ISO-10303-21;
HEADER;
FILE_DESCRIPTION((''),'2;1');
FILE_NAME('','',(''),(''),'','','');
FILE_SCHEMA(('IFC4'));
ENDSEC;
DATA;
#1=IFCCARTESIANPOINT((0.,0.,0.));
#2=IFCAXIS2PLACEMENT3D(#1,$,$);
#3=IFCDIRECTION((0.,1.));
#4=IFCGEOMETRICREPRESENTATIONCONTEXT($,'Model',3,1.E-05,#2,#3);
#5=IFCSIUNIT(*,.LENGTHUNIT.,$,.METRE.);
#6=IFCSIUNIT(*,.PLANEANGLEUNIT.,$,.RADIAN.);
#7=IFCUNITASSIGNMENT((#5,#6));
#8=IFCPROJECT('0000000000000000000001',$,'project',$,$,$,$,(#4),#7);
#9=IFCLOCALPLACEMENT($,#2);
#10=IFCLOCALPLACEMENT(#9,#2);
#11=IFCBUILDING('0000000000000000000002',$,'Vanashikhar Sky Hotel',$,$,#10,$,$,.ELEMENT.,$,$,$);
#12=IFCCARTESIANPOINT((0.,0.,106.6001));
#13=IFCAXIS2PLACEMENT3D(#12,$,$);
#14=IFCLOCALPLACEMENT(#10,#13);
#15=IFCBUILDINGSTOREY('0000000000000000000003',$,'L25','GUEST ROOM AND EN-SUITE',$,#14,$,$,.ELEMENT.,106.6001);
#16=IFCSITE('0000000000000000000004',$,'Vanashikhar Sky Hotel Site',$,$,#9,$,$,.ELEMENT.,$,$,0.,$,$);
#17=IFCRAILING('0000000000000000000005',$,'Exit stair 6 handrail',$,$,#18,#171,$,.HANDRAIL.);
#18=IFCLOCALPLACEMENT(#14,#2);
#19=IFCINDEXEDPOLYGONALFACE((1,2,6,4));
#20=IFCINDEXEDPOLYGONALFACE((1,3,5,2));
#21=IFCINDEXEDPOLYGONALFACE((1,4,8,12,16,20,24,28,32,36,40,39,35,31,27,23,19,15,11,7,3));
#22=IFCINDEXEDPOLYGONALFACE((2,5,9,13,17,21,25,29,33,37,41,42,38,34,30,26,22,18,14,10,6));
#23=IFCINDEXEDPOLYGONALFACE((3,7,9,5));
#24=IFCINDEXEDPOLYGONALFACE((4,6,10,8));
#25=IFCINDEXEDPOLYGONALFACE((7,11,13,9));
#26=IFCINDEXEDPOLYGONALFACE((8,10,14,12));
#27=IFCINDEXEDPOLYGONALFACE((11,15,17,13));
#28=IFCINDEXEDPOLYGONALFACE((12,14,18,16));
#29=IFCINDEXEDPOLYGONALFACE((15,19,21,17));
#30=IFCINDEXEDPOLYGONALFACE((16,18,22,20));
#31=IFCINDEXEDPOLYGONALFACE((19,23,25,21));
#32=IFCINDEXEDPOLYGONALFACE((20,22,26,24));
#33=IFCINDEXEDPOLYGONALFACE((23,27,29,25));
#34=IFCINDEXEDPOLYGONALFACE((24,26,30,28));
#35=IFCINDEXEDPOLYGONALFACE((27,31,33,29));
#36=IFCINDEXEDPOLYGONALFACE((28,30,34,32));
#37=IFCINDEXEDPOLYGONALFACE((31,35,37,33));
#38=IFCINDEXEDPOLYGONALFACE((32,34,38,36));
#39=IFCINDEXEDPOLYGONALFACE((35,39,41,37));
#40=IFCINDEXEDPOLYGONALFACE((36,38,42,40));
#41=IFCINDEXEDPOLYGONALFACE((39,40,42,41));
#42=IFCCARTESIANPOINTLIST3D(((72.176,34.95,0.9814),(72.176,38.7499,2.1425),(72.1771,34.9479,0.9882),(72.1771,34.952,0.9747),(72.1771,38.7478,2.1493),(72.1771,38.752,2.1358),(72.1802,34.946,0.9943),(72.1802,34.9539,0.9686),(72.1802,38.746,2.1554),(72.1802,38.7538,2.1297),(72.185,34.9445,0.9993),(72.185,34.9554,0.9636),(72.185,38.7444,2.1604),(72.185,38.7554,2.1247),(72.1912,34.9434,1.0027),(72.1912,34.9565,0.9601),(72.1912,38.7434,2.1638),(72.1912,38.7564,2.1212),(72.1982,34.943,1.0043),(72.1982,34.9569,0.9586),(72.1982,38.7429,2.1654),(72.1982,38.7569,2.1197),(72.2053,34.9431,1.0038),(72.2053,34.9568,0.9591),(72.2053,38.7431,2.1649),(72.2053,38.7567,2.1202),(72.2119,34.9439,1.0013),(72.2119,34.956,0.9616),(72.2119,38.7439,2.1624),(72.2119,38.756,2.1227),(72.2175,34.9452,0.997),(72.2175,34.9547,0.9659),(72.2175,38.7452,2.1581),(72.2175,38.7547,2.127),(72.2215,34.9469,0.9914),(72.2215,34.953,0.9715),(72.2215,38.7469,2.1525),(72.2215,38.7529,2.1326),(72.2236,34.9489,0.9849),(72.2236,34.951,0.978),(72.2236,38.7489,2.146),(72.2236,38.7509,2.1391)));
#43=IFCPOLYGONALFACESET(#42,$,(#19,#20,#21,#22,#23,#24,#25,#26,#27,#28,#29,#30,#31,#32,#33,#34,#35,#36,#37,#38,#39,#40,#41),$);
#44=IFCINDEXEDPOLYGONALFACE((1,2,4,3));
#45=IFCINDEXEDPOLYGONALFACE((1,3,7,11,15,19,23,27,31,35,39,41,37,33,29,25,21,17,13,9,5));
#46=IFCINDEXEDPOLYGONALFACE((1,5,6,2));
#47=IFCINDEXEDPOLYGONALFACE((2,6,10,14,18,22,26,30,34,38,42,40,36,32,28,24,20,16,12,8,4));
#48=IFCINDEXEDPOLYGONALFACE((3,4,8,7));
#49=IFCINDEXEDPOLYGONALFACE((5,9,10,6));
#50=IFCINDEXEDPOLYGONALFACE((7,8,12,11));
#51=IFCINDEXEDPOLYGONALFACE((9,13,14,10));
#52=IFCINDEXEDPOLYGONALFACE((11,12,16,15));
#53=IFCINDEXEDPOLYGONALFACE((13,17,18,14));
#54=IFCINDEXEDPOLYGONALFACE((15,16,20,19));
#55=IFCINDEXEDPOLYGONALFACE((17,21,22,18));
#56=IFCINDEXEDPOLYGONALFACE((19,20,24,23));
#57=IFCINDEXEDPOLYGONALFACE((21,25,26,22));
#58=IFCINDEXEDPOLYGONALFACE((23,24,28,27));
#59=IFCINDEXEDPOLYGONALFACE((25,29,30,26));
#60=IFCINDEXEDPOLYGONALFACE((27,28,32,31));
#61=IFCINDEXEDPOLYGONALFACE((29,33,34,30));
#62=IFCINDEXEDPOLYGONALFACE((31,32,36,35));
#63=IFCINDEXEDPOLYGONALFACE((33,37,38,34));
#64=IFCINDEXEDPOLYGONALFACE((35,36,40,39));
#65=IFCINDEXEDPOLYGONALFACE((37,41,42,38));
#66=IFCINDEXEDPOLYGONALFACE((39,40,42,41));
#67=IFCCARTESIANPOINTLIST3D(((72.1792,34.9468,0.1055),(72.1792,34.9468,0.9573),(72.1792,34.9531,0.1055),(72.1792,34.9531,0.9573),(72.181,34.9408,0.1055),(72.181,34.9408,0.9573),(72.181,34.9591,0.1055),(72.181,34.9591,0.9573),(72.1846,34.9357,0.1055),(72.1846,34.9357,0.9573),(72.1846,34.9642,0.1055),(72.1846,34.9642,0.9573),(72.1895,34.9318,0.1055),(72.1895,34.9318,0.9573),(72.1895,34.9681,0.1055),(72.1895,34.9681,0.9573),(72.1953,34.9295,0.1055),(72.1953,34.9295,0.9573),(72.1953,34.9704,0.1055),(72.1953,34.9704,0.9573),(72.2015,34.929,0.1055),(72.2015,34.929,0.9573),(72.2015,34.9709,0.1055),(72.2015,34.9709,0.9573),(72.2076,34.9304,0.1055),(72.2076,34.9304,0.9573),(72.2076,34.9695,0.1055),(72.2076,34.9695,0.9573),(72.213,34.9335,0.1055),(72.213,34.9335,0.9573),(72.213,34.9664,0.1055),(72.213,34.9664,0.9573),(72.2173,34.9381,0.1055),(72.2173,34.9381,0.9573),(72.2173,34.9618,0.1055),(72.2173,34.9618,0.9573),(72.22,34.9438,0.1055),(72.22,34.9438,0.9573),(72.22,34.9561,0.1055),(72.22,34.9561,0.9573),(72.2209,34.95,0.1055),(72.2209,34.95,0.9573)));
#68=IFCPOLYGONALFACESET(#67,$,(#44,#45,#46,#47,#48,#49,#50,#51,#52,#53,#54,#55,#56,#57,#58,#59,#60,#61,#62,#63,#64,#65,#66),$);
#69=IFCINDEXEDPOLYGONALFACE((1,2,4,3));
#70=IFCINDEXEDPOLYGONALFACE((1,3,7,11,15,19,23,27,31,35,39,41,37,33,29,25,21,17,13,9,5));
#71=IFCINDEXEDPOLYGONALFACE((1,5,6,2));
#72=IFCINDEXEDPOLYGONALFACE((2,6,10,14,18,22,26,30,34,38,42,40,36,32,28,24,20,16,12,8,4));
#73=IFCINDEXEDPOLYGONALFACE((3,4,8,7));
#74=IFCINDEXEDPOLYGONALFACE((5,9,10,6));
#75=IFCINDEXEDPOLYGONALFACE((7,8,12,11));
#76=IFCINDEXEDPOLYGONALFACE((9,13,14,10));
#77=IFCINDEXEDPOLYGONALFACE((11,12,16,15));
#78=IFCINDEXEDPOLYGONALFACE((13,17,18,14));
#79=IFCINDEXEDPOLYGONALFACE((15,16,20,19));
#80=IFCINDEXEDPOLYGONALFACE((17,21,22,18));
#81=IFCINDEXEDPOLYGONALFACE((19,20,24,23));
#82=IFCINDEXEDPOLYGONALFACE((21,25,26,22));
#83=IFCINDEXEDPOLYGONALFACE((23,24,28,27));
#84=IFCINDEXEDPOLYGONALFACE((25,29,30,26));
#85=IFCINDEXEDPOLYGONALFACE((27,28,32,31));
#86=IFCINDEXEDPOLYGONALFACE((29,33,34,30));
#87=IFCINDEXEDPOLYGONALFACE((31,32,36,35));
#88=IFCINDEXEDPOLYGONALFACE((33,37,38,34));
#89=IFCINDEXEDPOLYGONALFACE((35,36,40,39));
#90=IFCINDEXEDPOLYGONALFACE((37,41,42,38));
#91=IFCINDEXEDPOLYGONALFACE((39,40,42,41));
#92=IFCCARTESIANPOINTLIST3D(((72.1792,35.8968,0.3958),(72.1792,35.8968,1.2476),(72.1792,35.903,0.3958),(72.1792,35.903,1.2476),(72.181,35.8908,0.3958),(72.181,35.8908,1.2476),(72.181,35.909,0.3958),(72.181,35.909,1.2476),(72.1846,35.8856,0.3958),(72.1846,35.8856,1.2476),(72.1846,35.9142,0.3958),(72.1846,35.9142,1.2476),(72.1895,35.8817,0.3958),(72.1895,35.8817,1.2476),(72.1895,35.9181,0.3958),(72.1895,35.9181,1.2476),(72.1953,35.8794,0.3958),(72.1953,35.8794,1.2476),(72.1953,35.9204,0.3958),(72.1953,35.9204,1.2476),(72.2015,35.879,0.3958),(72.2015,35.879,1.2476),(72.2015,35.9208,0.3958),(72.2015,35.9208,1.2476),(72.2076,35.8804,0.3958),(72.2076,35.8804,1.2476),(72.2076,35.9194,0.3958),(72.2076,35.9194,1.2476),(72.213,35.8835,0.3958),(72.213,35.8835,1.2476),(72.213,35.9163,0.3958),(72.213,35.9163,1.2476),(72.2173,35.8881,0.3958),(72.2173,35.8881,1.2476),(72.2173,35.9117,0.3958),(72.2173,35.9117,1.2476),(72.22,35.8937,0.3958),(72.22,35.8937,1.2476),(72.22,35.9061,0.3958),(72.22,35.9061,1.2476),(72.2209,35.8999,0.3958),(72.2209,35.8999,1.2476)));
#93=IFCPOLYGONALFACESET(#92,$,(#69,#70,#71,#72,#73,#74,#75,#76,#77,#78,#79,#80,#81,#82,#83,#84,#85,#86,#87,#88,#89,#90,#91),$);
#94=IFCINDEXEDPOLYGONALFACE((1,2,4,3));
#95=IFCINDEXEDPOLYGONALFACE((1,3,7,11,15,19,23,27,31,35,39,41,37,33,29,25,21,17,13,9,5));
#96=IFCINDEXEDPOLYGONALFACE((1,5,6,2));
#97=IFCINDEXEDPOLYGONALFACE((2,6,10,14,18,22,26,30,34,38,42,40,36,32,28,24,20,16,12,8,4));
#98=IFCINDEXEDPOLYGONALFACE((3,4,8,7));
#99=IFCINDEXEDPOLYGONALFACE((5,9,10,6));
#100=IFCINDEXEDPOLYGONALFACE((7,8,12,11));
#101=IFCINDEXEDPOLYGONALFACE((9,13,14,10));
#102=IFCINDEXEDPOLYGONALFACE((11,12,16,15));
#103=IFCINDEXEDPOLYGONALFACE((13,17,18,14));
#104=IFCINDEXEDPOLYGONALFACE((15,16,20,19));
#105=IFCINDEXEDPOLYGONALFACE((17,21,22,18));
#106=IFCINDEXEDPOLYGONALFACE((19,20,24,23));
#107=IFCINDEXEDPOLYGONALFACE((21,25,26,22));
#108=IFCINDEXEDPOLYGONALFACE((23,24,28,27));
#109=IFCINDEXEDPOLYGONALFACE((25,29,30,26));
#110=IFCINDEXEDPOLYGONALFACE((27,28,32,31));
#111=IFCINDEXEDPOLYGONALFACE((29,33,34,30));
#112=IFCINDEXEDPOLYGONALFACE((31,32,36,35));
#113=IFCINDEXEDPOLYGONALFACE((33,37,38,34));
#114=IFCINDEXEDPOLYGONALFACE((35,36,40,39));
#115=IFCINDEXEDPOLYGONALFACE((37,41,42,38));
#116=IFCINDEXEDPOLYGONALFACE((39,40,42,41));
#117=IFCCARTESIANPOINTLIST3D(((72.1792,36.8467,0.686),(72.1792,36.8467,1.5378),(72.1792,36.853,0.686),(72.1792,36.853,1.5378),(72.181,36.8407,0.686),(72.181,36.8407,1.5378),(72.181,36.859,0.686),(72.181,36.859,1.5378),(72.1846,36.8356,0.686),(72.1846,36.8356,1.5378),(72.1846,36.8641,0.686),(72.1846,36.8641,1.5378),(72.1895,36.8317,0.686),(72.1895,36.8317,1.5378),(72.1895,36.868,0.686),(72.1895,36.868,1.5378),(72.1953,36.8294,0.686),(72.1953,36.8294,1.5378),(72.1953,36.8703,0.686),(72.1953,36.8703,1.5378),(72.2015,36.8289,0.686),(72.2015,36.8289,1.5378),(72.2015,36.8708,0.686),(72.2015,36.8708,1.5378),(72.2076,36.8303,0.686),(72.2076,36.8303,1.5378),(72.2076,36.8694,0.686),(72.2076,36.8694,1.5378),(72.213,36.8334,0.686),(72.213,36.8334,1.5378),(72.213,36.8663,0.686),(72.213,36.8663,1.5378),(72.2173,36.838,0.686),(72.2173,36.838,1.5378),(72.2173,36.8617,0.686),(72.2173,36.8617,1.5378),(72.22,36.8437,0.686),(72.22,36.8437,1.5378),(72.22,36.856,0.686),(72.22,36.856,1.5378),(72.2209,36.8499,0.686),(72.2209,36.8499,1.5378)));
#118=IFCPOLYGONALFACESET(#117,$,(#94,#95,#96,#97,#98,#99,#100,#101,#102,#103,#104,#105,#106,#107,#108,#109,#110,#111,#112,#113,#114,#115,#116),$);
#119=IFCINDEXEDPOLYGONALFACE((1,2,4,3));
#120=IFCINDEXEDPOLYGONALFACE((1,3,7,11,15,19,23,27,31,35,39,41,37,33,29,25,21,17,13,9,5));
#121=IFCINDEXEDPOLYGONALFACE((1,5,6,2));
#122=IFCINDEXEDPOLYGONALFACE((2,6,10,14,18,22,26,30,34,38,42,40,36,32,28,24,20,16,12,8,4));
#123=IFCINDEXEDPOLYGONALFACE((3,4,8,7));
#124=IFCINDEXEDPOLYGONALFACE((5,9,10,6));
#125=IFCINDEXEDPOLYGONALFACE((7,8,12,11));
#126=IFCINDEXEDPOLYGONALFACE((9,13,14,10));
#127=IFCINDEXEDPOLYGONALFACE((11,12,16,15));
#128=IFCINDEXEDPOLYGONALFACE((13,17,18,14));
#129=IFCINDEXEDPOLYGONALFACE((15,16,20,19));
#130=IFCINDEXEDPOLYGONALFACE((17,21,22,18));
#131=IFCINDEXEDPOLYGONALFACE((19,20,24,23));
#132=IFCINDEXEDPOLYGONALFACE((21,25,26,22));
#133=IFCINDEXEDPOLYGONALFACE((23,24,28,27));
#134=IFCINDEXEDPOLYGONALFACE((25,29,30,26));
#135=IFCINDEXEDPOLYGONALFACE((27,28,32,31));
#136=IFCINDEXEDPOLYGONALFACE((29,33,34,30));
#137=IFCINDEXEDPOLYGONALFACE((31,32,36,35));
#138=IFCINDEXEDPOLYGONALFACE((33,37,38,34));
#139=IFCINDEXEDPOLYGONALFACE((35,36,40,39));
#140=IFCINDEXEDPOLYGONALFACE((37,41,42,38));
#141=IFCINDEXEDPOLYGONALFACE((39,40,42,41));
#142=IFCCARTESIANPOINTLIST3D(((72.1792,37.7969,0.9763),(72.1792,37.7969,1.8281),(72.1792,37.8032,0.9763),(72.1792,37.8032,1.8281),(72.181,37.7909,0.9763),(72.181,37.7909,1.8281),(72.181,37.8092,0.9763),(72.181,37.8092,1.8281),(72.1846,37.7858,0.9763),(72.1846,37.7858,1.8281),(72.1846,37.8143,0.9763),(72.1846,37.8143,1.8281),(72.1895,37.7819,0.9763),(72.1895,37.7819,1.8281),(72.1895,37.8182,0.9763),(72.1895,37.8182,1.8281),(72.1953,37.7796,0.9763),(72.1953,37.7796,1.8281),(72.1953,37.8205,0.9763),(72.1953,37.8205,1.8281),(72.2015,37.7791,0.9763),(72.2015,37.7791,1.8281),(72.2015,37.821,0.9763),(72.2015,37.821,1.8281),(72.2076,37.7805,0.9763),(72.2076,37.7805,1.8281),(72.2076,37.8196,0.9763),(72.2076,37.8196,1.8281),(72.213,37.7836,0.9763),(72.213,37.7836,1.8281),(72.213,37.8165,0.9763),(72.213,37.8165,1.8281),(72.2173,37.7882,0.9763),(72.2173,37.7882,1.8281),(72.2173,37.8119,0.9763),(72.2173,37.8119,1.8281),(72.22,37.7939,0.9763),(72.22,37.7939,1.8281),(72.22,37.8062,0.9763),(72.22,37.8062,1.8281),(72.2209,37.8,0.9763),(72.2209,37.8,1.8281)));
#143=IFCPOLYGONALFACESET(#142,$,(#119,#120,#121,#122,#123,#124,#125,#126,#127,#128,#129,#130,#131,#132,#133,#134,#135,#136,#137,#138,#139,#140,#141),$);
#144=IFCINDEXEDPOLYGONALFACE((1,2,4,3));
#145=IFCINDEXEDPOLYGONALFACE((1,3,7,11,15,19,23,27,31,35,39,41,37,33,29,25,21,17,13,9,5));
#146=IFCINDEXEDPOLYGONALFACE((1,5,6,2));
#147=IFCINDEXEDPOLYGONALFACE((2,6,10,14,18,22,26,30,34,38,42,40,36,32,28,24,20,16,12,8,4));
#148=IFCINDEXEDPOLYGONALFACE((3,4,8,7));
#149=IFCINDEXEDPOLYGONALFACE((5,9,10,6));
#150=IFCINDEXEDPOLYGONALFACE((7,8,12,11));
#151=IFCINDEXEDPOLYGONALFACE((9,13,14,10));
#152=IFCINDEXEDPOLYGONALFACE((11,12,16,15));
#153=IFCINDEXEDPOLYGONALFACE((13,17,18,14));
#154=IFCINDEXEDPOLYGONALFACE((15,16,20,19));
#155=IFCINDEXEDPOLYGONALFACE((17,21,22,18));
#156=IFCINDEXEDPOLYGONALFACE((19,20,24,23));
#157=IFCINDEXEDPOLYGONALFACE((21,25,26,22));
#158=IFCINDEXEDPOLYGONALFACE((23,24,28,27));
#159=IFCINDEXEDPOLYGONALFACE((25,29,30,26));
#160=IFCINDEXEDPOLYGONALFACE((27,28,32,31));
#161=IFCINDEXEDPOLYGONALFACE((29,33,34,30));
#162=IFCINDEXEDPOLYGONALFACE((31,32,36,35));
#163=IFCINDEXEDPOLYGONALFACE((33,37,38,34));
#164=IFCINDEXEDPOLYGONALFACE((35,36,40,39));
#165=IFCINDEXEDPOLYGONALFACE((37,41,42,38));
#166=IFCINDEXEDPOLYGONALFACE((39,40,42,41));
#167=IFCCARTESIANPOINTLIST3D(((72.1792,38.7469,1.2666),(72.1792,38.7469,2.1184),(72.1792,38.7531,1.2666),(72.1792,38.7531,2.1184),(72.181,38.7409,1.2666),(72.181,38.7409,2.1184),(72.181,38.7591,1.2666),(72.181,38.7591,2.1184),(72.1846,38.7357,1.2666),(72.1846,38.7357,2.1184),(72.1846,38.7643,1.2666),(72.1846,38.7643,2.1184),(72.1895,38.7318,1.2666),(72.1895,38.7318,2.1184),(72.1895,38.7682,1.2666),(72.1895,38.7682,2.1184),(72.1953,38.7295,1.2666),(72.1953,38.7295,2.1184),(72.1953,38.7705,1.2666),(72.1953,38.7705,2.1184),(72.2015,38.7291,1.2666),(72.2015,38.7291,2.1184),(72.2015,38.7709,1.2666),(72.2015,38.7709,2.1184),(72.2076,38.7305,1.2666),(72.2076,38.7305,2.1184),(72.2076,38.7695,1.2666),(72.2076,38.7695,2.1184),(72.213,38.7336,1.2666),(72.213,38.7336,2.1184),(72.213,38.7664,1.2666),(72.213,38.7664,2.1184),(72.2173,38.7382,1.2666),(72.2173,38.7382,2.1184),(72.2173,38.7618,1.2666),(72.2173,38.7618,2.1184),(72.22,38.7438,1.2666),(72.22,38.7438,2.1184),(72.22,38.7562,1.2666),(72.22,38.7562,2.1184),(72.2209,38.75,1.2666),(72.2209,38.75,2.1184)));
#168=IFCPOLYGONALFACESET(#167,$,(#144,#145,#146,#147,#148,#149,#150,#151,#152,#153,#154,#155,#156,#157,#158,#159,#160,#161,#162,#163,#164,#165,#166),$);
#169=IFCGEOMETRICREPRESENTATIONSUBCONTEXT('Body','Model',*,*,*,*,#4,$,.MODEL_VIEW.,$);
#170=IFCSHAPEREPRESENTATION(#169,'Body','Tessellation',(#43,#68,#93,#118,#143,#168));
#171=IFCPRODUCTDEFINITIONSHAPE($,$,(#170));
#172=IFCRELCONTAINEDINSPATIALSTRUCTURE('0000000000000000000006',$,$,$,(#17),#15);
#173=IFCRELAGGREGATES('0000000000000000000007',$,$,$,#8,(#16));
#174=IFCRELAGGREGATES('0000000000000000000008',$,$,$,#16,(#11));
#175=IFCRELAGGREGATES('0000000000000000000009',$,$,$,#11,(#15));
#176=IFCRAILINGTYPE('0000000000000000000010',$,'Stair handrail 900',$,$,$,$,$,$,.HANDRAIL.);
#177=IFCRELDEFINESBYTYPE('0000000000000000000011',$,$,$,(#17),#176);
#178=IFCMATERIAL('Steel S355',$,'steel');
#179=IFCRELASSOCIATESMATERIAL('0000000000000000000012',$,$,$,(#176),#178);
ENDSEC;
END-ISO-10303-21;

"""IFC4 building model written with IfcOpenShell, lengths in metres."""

from ifc_helpers import new_model, si_unit, direction, frame, origin, origin_2d, place, context, subcontext, project, spatial, circle, extrude, source, transform, mapped, material, type_object, element, save


model = new_model("IFC4")

# Units and contexts
model_context = context("Model", 3, precision=1e-05, world=origin(), true_north=direction((0.0, 1.0)))
body_context = subcontext(model_context, "Body", "Model", "MODEL_VIEW")
ifc_project = project(units=[si_unit("LENGTHUNIT", "METRE"), si_unit("PLANEANGLEUNIT", "RADIAN")], contexts=[model_context])

# Site, building, storey
site_placement = place(None, origin())
site = spatial("IfcSite", under=ifc_project, at=site_placement, Name="Vanashikhar Sky Hotel Site", CompositionType="ELEMENT", RefElevation=0.0)
building_placement = place(site_placement, origin())
building = spatial("IfcBuilding", under=site, at=building_placement, Name="Vanashikhar Sky Hotel", CompositionType="ELEMENT")
storey_placement = place(building_placement, frame((0.0, 0.0, 106.6001)))
storey = spatial("IfcBuildingStorey", under=building, at=storey_placement, Name="L25", Description="GUEST ROOM AND EN-SUITE", CompositionType="ELEMENT", Elevation=106.6001)

# Railing
ifc_material_1 = material(Name="Steel S355", Category="steel")
railing_type_1 = type_object("IfcRailingType", Name="Stair handrail 900", PredefinedType="HANDRAIL", material=ifc_material_1)
shared_shape_1 = source(origin(), body_context, "Body", "SweptSolid", [
    extrude(circle(Radius=0.0239, at=origin_2d()), frame((0.0, 0.0, 0.876), z_axis=(0.0, 0.956351, 0.29222), x_axis=(-1.0, 0.0, 0.0)), (0.0, 0.0, 1.0), 3.9734),
    extrude(circle(Radius=0.021, at=origin_2d()), origin(), (0.0, 0.0, 1.0), 0.8518),
    extrude(circle(Radius=0.021, at=origin_2d()), frame((0.0, 0.95, 0.2903)), (0.0, 0.0, 1.0), 0.8518),
    extrude(circle(Radius=0.021, at=origin_2d()), frame((0.0, 1.8999, 0.5806)), (0.0, 0.0, 1.0), 0.8518),
    extrude(circle(Radius=0.021, at=origin_2d()), frame((0.0, 2.8501, 0.8708)), (0.0, 0.0, 1.0), 0.8518),
    extrude(circle(Radius=0.021, at=origin_2d()), frame((0.0, 3.8, 1.1611)), (0.0, 0.0, 1.0), 0.8518),
])
for number, where, name in (
    (1, (72.2, 34.95, 0.1055), "Exit stair 6 handrail"),
):
    element("IfcRailing", number, at=place(storey_placement, frame(where)), inside=storey, type_object=railing_type_1, Name=name, PredefinedType="HANDRAIL", context=body_context, shape_type="MappedRepresentation", body=[
        mapped(shared_shape_1, transform((0.0, 0.0, 0.0), scale=1.0)),
    ])

save(model, "model.ifc")
